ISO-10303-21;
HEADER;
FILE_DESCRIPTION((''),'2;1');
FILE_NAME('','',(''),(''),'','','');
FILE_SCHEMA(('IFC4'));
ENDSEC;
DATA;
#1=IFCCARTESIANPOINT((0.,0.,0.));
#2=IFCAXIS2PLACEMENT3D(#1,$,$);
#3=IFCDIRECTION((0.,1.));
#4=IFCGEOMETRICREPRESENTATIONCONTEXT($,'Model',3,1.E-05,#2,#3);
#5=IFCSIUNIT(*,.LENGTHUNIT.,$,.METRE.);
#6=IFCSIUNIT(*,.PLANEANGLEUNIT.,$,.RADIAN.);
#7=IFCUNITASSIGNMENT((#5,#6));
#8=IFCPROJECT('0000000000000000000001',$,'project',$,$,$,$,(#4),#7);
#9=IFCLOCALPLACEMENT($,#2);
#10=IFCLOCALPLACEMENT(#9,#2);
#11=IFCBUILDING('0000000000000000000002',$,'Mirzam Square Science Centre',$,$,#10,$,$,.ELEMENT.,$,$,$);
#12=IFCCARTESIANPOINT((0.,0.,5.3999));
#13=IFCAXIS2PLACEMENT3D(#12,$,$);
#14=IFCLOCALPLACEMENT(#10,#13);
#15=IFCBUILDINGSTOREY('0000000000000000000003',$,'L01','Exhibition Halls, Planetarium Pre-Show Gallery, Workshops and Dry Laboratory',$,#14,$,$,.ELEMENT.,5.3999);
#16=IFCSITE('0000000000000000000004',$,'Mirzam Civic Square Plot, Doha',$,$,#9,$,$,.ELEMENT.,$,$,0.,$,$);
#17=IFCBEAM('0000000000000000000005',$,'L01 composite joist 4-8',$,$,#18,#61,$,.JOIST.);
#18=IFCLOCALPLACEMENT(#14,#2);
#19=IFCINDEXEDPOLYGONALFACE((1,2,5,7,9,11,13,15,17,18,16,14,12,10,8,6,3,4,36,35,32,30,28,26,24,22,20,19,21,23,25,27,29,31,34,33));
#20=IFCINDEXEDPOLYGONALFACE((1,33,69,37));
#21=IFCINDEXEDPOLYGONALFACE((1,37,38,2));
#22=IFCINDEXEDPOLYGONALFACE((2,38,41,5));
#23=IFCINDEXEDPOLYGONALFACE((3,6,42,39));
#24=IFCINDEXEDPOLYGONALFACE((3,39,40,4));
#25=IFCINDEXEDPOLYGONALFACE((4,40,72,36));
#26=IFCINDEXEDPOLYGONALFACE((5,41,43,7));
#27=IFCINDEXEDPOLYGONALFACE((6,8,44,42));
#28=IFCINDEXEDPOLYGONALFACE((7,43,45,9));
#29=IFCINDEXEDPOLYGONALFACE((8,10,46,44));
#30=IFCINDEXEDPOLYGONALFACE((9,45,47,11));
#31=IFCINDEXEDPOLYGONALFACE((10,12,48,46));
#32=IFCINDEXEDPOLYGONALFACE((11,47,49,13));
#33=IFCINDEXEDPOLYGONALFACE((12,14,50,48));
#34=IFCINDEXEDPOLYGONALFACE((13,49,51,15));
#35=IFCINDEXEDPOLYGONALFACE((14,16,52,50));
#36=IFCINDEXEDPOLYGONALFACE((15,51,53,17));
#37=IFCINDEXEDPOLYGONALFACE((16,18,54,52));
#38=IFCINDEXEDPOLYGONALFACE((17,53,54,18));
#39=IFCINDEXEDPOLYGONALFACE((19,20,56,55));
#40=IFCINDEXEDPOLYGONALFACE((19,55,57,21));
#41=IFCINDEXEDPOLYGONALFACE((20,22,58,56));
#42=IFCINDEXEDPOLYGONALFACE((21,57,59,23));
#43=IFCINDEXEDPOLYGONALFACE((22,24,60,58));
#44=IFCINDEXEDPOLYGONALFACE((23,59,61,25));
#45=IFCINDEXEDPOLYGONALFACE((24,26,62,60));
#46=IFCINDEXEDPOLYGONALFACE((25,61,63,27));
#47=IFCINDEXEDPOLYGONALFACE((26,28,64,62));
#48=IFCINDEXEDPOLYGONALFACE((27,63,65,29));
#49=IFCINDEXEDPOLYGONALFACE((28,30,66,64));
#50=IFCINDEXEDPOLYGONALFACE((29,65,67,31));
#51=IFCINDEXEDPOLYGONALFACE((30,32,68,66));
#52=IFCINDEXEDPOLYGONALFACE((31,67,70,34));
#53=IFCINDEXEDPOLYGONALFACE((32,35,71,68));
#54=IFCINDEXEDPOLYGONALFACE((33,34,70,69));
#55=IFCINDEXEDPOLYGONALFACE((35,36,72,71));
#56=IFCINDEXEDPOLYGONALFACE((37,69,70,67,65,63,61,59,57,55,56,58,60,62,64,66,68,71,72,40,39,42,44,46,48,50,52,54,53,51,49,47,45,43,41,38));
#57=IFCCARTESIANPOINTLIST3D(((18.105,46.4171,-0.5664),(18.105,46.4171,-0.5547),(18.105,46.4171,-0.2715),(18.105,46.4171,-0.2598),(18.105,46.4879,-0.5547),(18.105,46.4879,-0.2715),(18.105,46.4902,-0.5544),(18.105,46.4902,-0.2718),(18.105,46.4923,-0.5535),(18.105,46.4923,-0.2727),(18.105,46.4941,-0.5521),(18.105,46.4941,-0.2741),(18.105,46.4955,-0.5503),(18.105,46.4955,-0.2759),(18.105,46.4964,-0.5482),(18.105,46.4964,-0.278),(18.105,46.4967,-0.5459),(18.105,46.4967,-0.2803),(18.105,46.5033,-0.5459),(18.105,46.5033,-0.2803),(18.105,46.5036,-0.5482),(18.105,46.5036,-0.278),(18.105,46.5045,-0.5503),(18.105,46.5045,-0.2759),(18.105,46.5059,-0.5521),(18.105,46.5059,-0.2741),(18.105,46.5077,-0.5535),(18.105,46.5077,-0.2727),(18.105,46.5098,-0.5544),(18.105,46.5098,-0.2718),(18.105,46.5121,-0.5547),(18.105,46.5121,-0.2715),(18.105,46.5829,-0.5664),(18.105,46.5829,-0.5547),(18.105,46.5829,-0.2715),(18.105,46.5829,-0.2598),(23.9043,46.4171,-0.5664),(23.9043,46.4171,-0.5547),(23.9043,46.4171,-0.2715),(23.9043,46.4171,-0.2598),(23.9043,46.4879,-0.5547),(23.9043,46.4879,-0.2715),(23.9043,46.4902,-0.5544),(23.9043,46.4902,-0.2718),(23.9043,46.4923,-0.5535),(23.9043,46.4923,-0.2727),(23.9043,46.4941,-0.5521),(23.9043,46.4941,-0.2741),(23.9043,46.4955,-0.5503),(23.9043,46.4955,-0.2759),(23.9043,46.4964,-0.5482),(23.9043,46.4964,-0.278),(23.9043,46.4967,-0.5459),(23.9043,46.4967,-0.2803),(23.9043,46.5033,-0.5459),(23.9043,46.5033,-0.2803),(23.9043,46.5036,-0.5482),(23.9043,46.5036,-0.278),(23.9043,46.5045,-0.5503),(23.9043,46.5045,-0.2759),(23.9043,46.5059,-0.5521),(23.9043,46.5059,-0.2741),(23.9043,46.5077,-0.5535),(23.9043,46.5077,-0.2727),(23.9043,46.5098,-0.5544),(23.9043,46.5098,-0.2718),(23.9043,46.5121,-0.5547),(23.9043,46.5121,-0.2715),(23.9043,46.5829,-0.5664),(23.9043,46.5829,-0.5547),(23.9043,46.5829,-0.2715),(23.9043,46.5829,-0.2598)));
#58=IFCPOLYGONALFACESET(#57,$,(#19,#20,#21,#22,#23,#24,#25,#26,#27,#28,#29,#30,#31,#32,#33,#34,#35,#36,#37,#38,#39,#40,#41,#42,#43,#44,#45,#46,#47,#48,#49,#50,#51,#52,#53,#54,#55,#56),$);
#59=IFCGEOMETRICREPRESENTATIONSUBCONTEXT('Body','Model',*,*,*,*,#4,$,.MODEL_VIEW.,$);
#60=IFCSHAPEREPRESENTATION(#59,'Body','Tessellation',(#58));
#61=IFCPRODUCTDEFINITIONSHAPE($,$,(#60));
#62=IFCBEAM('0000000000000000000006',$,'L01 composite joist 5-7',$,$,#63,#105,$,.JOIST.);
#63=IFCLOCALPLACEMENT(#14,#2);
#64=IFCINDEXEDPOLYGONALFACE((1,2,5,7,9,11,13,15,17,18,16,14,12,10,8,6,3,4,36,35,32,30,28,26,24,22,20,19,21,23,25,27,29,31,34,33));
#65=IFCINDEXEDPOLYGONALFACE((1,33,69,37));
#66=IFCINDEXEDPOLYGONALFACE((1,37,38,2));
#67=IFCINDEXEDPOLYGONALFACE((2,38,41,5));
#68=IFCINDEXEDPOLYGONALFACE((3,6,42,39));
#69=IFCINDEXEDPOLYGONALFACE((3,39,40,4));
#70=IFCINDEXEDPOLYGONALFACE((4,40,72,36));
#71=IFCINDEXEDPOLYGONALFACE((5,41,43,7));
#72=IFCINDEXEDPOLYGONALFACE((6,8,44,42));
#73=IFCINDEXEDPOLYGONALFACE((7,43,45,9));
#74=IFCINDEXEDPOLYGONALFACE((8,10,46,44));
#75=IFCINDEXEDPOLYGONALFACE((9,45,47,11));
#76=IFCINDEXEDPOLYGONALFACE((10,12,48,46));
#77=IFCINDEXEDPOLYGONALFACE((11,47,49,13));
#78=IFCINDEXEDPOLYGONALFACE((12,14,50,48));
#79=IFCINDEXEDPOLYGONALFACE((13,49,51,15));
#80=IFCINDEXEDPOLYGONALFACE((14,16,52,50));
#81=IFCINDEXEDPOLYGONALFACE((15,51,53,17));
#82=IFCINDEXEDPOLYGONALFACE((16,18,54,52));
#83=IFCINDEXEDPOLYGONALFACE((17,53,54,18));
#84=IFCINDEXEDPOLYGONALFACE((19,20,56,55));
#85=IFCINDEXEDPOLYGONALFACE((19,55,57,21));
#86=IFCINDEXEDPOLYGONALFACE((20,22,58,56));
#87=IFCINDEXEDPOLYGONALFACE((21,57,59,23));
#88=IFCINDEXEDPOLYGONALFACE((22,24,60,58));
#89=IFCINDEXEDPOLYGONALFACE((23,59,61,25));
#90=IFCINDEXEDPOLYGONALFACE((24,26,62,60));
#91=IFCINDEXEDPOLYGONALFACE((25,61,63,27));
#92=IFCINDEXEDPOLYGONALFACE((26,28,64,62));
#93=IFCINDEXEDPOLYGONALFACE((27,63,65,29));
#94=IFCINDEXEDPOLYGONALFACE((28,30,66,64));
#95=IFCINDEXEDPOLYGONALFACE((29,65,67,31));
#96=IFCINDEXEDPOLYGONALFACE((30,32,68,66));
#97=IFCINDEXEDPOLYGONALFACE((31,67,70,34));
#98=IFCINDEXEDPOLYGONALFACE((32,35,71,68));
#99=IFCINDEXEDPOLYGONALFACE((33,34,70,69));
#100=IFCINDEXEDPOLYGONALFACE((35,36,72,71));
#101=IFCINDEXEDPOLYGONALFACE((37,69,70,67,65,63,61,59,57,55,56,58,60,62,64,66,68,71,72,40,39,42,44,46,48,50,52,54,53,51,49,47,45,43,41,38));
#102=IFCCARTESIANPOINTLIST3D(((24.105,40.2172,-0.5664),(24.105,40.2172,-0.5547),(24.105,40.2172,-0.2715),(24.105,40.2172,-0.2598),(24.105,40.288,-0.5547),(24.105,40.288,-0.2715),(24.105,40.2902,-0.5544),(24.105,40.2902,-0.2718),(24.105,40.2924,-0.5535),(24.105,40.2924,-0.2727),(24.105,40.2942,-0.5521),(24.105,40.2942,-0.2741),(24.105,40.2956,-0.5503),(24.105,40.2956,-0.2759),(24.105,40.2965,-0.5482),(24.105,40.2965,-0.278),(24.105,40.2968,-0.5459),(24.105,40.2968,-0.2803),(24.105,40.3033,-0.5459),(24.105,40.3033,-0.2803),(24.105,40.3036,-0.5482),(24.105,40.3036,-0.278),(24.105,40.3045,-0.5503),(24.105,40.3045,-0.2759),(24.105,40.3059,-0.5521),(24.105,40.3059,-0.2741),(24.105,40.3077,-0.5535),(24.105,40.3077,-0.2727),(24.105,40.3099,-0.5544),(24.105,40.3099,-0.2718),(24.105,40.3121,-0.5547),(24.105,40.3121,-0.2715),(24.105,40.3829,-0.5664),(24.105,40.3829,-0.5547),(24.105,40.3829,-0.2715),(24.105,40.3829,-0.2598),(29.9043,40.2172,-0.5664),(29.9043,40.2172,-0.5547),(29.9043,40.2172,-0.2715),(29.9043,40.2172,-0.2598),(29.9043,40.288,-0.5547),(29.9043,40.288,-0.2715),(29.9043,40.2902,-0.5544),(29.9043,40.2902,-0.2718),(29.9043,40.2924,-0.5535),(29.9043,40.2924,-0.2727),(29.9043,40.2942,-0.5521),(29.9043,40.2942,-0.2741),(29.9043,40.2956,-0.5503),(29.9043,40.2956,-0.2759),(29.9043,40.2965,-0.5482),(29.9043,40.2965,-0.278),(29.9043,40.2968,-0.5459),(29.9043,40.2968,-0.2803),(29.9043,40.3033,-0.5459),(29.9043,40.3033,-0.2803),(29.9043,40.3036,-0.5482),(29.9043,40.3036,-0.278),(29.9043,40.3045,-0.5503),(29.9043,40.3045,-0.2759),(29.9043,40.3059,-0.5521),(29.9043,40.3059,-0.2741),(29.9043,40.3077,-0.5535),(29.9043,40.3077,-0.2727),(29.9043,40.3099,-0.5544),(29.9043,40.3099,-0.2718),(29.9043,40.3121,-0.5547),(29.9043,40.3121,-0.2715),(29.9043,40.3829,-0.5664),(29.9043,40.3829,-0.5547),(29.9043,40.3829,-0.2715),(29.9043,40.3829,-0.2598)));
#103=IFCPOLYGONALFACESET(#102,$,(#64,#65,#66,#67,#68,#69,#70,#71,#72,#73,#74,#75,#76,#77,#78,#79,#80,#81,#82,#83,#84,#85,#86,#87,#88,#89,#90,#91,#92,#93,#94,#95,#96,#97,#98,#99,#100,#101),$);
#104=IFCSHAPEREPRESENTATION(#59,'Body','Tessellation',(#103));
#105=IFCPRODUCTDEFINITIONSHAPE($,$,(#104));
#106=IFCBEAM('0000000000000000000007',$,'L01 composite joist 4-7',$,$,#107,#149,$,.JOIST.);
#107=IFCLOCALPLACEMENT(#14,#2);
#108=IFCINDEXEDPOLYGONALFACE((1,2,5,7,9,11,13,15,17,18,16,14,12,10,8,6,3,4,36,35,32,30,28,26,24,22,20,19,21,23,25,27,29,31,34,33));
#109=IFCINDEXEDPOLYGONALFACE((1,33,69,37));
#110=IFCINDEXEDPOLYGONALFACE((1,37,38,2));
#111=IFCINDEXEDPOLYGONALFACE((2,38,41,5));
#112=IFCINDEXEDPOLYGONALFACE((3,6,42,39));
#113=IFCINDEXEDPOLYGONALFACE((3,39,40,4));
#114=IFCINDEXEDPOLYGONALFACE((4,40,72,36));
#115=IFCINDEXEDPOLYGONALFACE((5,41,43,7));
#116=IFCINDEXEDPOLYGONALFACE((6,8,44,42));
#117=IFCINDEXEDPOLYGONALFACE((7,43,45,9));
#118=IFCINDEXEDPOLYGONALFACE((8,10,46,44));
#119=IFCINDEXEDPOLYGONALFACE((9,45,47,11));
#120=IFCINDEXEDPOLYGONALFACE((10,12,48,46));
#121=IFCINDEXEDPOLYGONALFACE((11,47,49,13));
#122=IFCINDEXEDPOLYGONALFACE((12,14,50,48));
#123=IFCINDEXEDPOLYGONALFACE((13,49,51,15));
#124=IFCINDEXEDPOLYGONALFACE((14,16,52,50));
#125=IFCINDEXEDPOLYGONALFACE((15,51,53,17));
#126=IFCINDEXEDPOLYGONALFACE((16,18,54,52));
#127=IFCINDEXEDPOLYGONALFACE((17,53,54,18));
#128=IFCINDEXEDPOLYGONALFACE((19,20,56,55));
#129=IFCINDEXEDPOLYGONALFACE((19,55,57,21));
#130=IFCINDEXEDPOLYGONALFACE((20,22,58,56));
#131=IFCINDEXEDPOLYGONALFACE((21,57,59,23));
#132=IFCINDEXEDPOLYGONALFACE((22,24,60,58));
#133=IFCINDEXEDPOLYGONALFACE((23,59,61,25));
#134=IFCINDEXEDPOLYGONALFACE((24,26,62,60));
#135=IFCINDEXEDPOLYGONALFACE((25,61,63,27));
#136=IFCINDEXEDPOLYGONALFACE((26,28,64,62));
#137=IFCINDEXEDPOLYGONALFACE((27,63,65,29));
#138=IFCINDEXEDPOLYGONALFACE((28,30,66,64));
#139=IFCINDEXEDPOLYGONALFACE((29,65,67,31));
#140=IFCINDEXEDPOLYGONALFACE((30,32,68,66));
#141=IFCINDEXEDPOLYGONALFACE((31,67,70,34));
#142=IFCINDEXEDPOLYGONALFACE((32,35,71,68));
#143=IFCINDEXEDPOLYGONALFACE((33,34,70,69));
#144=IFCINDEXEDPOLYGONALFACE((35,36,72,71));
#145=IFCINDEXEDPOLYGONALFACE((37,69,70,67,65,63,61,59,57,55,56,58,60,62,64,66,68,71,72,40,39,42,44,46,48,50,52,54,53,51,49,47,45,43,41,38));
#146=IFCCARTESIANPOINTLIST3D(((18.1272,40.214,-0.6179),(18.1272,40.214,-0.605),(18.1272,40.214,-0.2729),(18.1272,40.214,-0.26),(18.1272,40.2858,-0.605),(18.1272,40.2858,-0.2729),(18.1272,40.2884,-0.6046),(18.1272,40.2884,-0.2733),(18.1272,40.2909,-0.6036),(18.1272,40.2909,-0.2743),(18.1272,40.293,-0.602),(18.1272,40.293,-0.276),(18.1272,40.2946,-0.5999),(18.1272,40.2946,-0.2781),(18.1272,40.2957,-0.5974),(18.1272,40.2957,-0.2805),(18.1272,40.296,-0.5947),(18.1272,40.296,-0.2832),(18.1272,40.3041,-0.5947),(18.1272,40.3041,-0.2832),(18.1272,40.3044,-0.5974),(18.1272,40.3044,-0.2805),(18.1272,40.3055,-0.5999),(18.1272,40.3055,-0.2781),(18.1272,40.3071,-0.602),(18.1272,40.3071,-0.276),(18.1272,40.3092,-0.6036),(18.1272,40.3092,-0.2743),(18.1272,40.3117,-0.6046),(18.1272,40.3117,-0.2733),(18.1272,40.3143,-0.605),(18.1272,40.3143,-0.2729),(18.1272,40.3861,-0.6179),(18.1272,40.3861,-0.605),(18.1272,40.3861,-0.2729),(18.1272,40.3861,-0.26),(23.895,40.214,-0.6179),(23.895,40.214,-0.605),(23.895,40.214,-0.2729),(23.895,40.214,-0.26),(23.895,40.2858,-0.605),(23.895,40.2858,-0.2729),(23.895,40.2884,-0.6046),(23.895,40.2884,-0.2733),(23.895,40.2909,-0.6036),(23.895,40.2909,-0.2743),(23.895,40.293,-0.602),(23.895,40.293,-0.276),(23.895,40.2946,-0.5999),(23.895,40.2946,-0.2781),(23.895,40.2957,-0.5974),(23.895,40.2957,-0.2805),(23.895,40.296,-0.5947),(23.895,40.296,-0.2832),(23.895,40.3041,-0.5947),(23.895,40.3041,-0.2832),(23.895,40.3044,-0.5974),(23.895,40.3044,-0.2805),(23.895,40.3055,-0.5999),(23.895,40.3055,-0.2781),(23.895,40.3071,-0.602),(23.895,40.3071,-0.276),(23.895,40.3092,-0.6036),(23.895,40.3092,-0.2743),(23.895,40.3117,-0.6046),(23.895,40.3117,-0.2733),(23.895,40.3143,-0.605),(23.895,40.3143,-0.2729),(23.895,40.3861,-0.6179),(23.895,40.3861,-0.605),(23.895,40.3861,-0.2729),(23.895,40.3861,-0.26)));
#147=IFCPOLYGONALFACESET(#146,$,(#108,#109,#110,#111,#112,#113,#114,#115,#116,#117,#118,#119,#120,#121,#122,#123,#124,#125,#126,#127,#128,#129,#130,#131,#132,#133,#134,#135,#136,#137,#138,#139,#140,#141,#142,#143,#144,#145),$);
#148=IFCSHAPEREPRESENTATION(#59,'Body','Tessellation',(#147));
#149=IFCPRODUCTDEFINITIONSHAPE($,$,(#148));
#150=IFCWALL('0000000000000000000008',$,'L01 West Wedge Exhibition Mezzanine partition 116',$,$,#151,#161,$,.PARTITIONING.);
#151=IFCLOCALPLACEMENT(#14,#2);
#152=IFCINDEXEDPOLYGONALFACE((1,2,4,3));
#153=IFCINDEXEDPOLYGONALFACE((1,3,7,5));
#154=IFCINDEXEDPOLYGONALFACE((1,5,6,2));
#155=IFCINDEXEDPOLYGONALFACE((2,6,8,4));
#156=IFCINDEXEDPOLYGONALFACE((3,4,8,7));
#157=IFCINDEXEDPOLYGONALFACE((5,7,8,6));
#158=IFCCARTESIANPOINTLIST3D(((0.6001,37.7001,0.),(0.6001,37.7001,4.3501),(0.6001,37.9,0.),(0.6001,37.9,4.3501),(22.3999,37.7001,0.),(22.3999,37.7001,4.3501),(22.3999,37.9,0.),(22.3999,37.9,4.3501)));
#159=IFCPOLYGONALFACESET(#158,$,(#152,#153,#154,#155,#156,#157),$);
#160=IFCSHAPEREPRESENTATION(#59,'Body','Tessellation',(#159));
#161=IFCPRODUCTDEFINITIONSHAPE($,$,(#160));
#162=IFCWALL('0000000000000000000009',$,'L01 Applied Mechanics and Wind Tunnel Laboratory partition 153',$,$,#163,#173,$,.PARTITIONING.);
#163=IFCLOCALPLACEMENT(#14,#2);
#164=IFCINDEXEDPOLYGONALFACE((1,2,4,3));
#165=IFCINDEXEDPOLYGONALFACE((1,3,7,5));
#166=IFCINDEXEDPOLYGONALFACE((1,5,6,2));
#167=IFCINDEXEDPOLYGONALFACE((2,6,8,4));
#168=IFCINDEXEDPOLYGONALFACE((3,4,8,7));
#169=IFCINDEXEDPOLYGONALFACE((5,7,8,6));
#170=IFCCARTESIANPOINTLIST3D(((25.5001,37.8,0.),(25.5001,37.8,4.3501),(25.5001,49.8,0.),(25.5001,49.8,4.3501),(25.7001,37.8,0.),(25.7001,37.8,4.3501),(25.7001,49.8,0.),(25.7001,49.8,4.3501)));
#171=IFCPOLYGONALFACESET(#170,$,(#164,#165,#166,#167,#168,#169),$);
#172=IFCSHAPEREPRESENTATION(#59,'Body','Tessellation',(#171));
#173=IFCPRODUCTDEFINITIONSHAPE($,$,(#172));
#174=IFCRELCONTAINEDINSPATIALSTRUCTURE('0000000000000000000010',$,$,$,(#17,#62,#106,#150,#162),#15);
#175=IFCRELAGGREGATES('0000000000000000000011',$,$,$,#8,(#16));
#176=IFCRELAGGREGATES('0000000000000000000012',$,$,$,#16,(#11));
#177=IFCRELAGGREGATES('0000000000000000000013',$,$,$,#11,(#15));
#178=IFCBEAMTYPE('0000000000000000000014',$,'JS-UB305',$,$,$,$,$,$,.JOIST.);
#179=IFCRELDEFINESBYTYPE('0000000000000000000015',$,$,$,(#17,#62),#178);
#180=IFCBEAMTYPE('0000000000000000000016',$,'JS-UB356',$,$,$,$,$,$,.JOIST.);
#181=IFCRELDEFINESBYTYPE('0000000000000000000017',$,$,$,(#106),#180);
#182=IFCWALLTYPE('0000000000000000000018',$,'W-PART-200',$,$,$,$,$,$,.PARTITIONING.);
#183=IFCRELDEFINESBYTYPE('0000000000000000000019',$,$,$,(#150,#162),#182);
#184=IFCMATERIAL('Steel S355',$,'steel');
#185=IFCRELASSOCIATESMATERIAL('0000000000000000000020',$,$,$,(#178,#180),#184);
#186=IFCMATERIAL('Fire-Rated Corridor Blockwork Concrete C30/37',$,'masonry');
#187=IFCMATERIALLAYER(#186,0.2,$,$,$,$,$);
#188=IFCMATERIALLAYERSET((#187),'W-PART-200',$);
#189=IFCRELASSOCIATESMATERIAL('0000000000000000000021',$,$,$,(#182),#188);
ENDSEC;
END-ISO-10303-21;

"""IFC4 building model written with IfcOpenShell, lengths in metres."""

from ifc_helpers import new_model, si_unit, direction, frame, frame_2d, origin, origin_2d, place, context, subcontext, project, spatial, rectangle, i_section, extrude, material, layer, layer_set, material_profile, profile_set, type_object, element, save


model = new_model("IFC4")

# Units and contexts
model_context = context("Model", 3, precision=1e-05, world=origin(), true_north=direction((0.0, 1.0)))
body_context = subcontext(model_context, "Body", "Model", "MODEL_VIEW")
ifc_project = project(units=[si_unit("LENGTHUNIT", "METRE"), si_unit("PLANEANGLEUNIT", "RADIAN")], contexts=[model_context])

# Site, building, storey
site_placement = place(None, origin())
site = spatial("IfcSite", under=ifc_project, at=site_placement, Name="Mirzam Civic Square Plot, Doha", CompositionType="ELEMENT", RefElevation=0.0)
building_placement = place(site_placement, origin())
building = spatial("IfcBuilding", under=site, at=building_placement, Name="Mirzam Square Science Centre", CompositionType="ELEMENT")
storey_placement = place(building_placement, frame((0.0, 0.0, 5.3999)))
storey = spatial("IfcBuildingStorey", under=building, at=storey_placement, Name="L01", Description="Exhibition Halls, Planetarium Pre-Show Gallery, Workshops and Dry Laboratory", CompositionType="ELEMENT", Elevation=5.3999)

# Shared definitions
ifc_material_1 = material(Name="Steel S355", Category="steel")

# Beams
ifc_material_profile_1 = material_profile(ifc_material_1, i_section(OverallWidth=0.1658, OverallDepth=0.3066, WebThickness=0.0066, FlangeThickness=0.0117, FilletRadius=0.0088, at=origin_2d()), Name="305x165x46UB")
ifc_profile_set_1 = profile_set([ifc_material_profile_1], Name="Steel S355")
beam_type_1 = type_object("IfcBeamType", Name="JS-UB305", PredefinedType="JOIST", material=ifc_profile_set_1)
for number, where, z_axis, x_axis, name in (
    (1, (18.105, 46.5, -0.4131), (1.0, 0.0, 0.0), (0.0, 1.0, 0.0), "L01 composite joist 4-8"),
    (2, (24.105, 40.3, -0.4131), (1.0, 0.0, 0.0), (0.0, 1.0, 0.0), "L01 composite joist 5-7"),
):
    element("IfcBeam", number, at=place(storey_placement, frame(where, z_axis=z_axis, x_axis=x_axis)), inside=storey, type_object=beam_type_1, Name=name, PredefinedType="JOIST", context=body_context, shape_type="SweptSolid", body=[
        extrude(i_section(OverallWidth=0.1658, OverallDepth=0.3066, WebThickness=0.0066, FlangeThickness=0.0117, FilletRadius=0.0088, at=origin_2d()), origin(), (0.0, 0.0, 1.0), 5.7993),
    ])
ifc_material_profile_2 = material_profile(ifc_material_1, i_section(OverallWidth=0.1721, OverallDepth=0.3579, WebThickness=0.0081, FlangeThickness=0.0129, FilletRadius=0.0103, at=origin_2d()), Name="356x171x57UB")
ifc_profile_set_2 = profile_set([ifc_material_profile_2], Name="Steel S355")
beam_type_2 = type_object("IfcBeamType", Name="JS-UB356", PredefinedType="JOIST", material=ifc_profile_set_2)
beam_1_placement = place(storey_placement, frame((18.1272, 40.3, -0.439), z_axis=(1.0, 0.0, 0.0), x_axis=(0.0, 1.0, 0.0)))
element("IfcBeam", 3, at=beam_1_placement, inside=storey, type_object=beam_type_2, Name="L01 composite joist 4-7", PredefinedType="JOIST", context=body_context, shape_type="SweptSolid", body=[
    extrude(i_section(OverallWidth=0.1721, OverallDepth=0.3579, WebThickness=0.0081, FlangeThickness=0.0129, FilletRadius=0.0103, at=origin_2d()), origin(), (0.0, 0.0, 1.0), 5.7678),
])

# Walls
ifc_material_2 = material(Name="Fire-Rated Corridor Blockwork Concrete C30/37", Category="masonry")
ifc_layer = layer(ifc_material_2, 0.2)
ifc_layer_set = layer_set([ifc_layer], Name="W-PART-200")
wall_type = type_object("IfcWallType", Name="W-PART-200", PredefinedType="PARTITIONING", material=ifc_layer_set)
wall_1_placement = place(storey_placement, frame((22.3999, 37.8, 0.0), z_axis=(0.0, 0.0, 1.0), x_axis=(-1.0, 0.0, 0.0)))
element("IfcWall", 4, at=wall_1_placement, inside=storey, type_object=wall_type, Name="L01 West Wedge Exhibition Mezzanine partition 116", PredefinedType="PARTITIONING", context=body_context, shape_type="SweptSolid", body=[
    extrude(rectangle(XDim=21.7998, YDim=0.2, at=frame_2d((10.8999, 0.0))), origin(), (0.0, 0.0, 1.0), 4.3501),
])
wall_2_placement = place(storey_placement, frame((25.6001, 37.8, 0.0), z_axis=(0.0, 0.0, 1.0), x_axis=(0.0, 1.0, 0.0)))
element("IfcWall", 5, at=wall_2_placement, inside=storey, type_object=wall_type, Name="L01 Applied Mechanics and Wind Tunnel Laboratory partition 153", PredefinedType="PARTITIONING", context=body_context, shape_type="SweptSolid", body=[
    extrude(rectangle(XDim=12.0, YDim=0.2, at=frame_2d((6.0, 0.0))), origin(), (0.0, 0.0, 1.0), 4.3501),
])

save(model, "model.ifc")
